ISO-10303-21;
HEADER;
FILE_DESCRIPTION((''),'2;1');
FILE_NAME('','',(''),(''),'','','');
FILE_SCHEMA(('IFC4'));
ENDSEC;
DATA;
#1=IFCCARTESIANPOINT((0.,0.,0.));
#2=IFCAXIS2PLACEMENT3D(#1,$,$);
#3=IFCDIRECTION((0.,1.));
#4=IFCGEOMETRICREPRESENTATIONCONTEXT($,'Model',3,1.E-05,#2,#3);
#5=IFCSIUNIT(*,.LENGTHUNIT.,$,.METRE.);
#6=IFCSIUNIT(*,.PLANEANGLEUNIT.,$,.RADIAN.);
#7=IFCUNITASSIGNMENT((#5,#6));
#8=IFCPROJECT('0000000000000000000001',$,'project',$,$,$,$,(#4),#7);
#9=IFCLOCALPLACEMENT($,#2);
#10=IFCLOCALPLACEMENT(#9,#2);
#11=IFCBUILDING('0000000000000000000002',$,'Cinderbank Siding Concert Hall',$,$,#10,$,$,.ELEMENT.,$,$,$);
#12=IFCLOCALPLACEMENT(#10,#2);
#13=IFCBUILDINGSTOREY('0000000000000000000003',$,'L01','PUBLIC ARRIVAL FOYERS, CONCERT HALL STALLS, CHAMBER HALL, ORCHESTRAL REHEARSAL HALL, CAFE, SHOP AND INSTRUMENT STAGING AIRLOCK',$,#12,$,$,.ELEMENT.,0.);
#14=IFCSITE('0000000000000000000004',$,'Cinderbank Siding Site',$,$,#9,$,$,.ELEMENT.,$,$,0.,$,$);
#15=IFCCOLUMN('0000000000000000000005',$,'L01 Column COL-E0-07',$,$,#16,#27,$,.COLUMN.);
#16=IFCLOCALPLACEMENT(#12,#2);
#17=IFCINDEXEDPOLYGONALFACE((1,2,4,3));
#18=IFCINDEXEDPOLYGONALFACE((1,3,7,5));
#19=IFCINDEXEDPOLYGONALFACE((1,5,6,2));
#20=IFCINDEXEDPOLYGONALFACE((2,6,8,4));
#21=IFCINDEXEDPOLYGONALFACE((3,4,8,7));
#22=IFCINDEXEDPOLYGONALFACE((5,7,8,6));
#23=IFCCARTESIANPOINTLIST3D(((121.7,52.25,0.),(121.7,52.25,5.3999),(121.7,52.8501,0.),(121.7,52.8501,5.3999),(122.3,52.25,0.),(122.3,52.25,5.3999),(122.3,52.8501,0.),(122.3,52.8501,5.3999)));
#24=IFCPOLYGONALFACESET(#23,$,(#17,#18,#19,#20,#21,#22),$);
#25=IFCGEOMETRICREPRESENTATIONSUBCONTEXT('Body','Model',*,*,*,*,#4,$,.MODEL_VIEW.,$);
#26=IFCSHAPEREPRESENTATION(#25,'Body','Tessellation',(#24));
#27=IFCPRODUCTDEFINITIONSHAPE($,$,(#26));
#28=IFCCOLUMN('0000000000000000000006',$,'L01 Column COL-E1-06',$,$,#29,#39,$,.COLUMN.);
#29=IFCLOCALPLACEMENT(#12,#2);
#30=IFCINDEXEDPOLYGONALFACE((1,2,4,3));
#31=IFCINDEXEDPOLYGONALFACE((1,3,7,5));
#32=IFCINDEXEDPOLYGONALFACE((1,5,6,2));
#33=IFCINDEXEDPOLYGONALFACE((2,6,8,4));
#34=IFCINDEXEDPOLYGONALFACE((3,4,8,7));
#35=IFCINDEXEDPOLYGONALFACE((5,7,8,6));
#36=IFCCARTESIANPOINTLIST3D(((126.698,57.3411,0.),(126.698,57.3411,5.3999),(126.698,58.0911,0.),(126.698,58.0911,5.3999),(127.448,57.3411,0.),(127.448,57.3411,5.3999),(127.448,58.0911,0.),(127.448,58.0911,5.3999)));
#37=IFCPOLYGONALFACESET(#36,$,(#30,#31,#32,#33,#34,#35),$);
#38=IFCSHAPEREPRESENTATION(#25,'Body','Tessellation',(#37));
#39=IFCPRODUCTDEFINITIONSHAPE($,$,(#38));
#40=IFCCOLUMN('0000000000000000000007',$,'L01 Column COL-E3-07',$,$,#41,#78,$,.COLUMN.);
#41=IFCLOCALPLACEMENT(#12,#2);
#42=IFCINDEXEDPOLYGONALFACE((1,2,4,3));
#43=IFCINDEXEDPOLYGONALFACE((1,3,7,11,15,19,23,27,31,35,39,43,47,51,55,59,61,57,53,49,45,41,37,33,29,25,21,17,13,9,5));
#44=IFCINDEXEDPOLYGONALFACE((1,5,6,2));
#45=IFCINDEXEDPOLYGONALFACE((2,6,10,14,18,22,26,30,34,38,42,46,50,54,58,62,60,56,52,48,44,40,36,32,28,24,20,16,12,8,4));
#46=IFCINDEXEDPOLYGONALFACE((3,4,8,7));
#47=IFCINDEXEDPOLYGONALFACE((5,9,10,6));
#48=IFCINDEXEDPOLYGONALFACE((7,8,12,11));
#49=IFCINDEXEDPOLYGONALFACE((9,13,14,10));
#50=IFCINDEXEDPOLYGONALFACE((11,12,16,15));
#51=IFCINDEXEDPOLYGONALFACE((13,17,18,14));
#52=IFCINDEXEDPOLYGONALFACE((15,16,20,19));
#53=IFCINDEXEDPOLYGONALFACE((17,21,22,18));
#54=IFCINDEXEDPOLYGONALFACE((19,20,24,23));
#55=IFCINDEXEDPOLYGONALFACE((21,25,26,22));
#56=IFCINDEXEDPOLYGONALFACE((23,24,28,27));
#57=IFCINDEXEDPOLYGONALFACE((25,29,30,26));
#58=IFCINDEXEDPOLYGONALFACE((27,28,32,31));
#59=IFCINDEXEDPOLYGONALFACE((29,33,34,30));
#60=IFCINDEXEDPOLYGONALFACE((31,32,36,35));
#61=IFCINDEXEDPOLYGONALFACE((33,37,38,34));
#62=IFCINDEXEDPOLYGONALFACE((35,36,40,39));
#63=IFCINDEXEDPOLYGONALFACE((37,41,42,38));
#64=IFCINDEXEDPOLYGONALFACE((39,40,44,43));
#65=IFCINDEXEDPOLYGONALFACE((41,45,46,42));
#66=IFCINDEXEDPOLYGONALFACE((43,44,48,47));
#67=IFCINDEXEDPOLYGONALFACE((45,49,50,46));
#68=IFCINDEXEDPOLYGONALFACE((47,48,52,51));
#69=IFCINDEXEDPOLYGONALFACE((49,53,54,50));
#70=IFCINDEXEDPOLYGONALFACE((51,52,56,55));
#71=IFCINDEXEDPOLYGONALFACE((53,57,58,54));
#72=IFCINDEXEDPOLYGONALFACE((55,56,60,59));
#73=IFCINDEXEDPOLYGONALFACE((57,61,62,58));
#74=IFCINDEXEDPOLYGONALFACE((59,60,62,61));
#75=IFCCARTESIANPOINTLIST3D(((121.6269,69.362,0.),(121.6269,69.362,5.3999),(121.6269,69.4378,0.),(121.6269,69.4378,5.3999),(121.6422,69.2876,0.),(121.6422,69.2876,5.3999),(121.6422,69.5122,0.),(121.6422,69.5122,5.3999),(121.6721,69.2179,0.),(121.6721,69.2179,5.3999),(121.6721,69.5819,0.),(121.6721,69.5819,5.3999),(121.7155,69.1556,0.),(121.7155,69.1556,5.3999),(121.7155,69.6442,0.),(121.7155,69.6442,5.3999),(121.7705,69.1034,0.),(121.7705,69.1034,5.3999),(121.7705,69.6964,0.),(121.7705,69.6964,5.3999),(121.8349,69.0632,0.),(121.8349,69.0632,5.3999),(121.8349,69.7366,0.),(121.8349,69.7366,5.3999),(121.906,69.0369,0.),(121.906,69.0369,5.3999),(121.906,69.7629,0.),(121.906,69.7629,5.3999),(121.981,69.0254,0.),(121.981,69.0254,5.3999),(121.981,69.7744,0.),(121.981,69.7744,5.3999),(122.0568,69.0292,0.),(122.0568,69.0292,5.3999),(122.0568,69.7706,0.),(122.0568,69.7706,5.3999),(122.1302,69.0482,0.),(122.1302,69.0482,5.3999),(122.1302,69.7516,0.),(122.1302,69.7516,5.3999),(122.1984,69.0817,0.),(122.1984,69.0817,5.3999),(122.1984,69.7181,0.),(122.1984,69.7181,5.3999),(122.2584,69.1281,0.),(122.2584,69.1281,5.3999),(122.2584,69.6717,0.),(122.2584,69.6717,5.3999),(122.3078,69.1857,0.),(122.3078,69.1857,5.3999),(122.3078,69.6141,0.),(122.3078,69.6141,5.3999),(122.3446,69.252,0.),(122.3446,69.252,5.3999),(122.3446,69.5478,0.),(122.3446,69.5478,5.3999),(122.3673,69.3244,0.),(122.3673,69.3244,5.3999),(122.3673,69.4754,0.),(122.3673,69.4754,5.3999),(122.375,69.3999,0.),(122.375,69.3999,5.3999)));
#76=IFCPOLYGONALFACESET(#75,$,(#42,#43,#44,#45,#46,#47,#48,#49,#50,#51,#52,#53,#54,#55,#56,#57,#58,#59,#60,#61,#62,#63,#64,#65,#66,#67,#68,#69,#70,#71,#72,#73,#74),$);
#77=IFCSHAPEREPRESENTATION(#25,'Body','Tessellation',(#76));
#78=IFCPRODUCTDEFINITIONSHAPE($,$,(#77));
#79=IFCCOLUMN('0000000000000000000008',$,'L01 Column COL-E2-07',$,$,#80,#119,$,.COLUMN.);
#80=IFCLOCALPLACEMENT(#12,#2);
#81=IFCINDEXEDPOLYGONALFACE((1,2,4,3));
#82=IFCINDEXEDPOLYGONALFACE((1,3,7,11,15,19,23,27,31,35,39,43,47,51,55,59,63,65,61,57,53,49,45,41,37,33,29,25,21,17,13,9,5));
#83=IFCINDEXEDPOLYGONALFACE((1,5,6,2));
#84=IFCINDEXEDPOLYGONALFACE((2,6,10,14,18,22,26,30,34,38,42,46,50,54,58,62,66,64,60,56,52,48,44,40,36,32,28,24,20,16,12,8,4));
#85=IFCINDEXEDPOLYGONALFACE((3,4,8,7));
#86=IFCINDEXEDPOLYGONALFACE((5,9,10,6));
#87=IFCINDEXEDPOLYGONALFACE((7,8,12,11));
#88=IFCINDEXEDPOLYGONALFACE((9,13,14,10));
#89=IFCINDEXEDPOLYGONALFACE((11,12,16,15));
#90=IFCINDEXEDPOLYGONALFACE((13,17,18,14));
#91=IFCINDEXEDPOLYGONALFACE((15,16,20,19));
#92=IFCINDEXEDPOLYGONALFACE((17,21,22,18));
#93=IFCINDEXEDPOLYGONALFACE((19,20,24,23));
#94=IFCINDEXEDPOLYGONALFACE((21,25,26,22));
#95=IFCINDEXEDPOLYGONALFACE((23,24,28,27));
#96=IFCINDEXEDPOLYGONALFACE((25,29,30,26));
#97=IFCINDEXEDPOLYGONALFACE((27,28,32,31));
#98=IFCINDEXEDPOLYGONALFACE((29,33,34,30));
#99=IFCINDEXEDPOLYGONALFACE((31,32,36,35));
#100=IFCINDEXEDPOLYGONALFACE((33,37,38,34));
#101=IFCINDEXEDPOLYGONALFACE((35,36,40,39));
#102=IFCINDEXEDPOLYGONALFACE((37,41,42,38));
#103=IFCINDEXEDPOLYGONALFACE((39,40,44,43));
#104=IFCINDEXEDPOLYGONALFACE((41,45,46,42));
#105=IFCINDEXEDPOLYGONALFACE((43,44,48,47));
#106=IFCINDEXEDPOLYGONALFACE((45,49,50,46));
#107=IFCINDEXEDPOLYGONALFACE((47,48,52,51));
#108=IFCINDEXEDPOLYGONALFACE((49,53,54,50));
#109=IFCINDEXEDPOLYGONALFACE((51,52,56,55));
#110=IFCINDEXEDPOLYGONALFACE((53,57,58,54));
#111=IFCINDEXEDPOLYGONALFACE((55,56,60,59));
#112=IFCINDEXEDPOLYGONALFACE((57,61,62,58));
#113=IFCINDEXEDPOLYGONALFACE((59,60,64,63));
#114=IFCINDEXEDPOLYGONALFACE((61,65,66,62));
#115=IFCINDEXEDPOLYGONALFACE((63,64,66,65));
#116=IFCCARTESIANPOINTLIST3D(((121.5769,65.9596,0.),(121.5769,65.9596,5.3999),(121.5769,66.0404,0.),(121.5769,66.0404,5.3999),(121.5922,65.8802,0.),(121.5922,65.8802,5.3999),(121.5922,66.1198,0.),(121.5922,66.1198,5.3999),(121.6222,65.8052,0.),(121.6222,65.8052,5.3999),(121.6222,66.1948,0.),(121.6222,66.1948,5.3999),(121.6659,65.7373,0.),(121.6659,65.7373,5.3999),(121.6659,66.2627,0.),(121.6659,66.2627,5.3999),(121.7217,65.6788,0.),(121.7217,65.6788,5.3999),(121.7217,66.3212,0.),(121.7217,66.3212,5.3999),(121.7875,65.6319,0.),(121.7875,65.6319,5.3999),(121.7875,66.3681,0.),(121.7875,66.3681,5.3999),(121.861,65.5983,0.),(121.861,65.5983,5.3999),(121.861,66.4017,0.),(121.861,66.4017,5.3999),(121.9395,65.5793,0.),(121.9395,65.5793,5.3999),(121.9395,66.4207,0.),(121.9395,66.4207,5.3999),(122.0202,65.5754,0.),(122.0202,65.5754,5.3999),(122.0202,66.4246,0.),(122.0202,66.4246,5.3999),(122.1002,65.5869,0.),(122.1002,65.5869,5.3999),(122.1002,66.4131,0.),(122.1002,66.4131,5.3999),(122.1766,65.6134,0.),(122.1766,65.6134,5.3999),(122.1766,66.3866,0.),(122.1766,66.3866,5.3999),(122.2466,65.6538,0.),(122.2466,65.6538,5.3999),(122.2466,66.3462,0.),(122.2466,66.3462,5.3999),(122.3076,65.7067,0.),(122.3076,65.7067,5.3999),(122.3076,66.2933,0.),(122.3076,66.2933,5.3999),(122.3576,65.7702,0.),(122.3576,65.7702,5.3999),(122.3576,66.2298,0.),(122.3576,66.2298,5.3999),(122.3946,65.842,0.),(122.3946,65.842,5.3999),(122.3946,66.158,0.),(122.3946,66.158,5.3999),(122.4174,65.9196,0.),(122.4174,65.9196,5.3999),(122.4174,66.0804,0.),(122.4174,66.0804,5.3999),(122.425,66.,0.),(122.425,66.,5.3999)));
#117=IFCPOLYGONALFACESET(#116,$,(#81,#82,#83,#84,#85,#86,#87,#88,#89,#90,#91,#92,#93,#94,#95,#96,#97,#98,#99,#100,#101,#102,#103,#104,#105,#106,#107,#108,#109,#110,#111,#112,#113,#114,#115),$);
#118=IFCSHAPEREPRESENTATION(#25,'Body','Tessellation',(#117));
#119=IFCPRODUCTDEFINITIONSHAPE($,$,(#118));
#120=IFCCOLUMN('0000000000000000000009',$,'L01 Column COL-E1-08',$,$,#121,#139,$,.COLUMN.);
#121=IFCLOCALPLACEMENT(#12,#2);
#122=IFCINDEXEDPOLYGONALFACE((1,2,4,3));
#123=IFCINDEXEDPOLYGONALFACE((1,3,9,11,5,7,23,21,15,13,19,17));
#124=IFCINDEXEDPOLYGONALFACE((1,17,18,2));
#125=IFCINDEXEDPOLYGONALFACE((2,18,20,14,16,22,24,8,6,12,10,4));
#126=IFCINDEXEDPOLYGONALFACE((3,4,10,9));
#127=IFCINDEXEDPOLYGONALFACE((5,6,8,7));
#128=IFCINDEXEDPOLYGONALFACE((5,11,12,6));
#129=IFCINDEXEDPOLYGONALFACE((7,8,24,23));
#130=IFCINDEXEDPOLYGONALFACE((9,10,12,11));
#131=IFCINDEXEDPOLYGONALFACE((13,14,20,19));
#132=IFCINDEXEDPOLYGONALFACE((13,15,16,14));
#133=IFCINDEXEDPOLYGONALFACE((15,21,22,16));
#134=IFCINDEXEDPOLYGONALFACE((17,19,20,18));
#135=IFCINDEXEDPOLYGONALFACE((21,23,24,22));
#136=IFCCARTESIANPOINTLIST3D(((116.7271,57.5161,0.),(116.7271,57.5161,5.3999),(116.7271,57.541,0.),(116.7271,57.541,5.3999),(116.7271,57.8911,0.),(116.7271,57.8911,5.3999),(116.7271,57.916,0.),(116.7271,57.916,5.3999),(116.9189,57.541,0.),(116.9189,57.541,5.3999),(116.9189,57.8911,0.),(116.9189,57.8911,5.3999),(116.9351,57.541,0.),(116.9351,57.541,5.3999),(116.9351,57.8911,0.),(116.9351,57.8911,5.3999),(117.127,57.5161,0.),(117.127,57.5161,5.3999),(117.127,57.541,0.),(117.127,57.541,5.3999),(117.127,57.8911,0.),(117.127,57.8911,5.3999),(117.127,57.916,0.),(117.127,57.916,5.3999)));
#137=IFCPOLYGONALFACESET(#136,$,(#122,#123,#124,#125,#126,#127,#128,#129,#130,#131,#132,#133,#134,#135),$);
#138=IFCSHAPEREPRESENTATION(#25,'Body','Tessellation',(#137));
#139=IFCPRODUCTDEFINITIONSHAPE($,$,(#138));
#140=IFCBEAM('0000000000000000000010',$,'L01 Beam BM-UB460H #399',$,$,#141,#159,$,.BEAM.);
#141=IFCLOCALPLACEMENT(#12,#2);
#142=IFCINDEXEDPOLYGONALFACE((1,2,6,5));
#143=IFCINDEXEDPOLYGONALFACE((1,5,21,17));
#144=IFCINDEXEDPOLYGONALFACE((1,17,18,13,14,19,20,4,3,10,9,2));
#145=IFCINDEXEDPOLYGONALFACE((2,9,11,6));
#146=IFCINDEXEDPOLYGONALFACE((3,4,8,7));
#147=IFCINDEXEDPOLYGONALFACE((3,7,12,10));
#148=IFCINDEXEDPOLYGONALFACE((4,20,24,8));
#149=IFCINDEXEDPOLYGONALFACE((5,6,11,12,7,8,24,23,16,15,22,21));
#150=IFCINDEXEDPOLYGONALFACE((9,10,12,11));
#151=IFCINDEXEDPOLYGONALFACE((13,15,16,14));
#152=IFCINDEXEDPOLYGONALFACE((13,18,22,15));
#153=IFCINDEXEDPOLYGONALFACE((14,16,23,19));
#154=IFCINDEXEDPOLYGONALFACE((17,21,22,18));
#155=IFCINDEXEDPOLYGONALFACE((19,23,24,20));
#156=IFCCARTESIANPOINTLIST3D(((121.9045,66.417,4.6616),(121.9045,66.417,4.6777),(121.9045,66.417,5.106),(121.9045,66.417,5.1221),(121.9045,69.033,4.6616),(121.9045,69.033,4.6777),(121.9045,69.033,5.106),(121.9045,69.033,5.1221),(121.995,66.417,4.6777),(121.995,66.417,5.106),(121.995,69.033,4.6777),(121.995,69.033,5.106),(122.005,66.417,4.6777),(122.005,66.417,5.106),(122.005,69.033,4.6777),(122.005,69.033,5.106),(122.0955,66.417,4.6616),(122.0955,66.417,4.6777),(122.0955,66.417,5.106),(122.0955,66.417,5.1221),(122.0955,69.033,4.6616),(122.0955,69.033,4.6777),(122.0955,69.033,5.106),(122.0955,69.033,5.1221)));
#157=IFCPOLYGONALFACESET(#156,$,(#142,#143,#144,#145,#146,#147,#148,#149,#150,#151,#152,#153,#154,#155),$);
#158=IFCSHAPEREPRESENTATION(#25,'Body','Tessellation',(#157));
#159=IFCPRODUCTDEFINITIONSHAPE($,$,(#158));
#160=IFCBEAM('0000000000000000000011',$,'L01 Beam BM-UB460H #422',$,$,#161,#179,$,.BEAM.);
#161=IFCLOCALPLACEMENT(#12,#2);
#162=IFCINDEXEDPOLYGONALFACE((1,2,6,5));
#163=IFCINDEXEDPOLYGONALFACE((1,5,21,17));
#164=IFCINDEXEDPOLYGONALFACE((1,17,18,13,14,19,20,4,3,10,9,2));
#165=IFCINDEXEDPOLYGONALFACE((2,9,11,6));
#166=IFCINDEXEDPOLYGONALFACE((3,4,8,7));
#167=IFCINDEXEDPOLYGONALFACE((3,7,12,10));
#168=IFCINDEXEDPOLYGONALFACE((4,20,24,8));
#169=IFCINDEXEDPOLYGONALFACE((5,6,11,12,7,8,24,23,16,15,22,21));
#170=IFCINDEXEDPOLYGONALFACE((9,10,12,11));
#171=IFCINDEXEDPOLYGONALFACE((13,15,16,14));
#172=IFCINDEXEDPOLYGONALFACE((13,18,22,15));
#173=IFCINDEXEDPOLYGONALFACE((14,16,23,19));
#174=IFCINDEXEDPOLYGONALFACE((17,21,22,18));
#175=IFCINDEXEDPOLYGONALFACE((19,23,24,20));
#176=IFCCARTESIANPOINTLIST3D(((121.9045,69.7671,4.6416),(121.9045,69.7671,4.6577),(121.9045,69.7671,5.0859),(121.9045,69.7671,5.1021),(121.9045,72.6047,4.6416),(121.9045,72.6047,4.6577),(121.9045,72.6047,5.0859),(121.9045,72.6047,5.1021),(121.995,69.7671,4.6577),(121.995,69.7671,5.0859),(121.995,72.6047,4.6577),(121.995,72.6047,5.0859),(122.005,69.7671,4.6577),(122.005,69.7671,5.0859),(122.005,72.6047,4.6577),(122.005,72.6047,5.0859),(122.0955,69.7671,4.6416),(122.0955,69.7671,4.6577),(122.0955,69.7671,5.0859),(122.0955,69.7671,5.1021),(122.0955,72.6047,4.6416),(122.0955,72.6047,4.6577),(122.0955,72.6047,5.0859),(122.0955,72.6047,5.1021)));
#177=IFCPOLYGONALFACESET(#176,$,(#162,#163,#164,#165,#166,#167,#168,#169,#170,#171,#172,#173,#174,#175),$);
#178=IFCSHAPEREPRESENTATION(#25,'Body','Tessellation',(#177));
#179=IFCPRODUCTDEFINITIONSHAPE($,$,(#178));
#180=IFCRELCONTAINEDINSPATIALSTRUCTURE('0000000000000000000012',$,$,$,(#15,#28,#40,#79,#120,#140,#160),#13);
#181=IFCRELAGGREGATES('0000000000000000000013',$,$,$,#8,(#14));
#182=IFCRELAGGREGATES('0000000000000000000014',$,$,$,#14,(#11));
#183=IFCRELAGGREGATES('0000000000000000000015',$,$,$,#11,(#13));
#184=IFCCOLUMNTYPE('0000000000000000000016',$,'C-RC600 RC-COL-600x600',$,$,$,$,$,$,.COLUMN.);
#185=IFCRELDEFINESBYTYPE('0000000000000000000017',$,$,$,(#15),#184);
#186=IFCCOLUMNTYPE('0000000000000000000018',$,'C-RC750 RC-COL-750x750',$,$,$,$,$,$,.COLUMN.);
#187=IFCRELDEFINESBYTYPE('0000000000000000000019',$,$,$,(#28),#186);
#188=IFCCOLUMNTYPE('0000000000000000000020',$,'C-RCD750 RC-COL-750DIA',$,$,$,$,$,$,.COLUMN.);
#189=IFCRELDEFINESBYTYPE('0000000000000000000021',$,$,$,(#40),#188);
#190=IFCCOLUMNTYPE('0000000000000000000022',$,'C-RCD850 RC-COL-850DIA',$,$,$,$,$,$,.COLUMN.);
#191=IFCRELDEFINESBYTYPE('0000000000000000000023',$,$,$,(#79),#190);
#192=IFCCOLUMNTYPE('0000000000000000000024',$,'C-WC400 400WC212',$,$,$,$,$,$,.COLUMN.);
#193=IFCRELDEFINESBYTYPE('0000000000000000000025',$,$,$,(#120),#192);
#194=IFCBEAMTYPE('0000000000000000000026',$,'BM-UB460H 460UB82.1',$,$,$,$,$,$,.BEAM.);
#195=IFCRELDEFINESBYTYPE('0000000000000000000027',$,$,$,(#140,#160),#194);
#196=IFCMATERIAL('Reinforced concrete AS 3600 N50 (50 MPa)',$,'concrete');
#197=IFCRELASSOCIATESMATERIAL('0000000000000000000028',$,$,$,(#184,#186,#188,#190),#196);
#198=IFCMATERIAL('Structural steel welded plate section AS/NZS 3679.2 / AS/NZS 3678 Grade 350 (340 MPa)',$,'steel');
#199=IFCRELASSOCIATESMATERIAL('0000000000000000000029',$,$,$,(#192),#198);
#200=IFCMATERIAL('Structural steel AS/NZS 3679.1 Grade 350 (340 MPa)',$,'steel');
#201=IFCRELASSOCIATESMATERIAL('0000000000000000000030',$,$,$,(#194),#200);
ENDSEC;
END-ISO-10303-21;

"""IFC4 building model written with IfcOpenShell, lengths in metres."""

from ifc_helpers import new_model, si_unit, direction, frame, origin, origin_2d, place, context, subcontext, project, spatial, rectangle, circle, i_section, extrude, material, material_profile, profile_set, type_object, element, save


model = new_model("IFC4")

# Units and contexts
model_context = context("Model", 3, precision=1e-05, world=origin(), true_north=direction((0.0, 1.0)))
body_context = subcontext(model_context, "Body", "Model", "MODEL_VIEW")
ifc_project = project(units=[si_unit("LENGTHUNIT", "METRE"), si_unit("PLANEANGLEUNIT", "RADIAN")], contexts=[model_context])

# Site, building, storey
site_placement = place(None, origin())
site = spatial("IfcSite", under=ifc_project, at=site_placement, Name="Cinderbank Siding Site", CompositionType="ELEMENT", RefElevation=0.0)
building_placement = place(site_placement, origin())
building = spatial("IfcBuilding", under=site, at=building_placement, Name="Cinderbank Siding Concert Hall", CompositionType="ELEMENT")
storey_placement = place(building_placement, origin())
storey = spatial("IfcBuildingStorey", under=building, at=storey_placement, Name="L01", Description="PUBLIC ARRIVAL FOYERS, CONCERT HALL STALLS, CHAMBER HALL, ORCHESTRAL REHEARSAL HALL, CAFE, SHOP AND INSTRUMENT STAGING AIRLOCK", CompositionType="ELEMENT", Elevation=0.0)

# Columns
ifc_material_1 = material(Name="Reinforced concrete AS 3600 N50 (50 MPa)", Category="concrete")
ifc_material_profile_1 = material_profile(ifc_material_1, rectangle(XDim=0.6001, YDim=0.6001, at=origin_2d()), Name="RC-COL-600x600", Category="LoadBearing")
ifc_profile_set_1 = profile_set([ifc_material_profile_1], Name="Reinforced concrete AS 3600 N50 (50 MPa)")
column_type_1 = type_object("IfcColumnType", Name="C-RC600 RC-COL-600x600", PredefinedType="COLUMN", material=ifc_profile_set_1)
column_1_placement = place(storey_placement, frame((122.0, 52.55, 0.0), z_axis=(0.0, 0.0, 1.0), x_axis=(1.0, 0.0, 0.0)))
element("IfcColumn", 1, at=column_1_placement, inside=storey, type_object=column_type_1, Name="L01 Column COL-E0-07", PredefinedType="COLUMN", context=body_context, shape_type="SweptSolid", body=[
    extrude(rectangle(XDim=0.6001, YDim=0.6001, at=origin_2d()), origin(), (0.0, 0.0, 1.0), 5.3999),
])
ifc_material_profile_2 = material_profile(ifc_material_1, rectangle(XDim=0.75, YDim=0.75, at=origin_2d()), Name="RC-COL-750x750", Category="LoadBearing")
ifc_profile_set_2 = profile_set([ifc_material_profile_2], Name="Reinforced concrete AS 3600 N50 (50 MPa)")
column_type_2 = type_object("IfcColumnType", Name="C-RC750 RC-COL-750x750", PredefinedType="COLUMN", material=ifc_profile_set_2)
column_2_placement = place(storey_placement, frame((127.073, 57.7161, 0.0), z_axis=(0.0, 0.0, 1.0), x_axis=(1.0, 0.0, 0.0)))
element("IfcColumn", 2, at=column_2_placement, inside=storey, type_object=column_type_2, Name="L01 Column COL-E1-06", PredefinedType="COLUMN", context=body_context, shape_type="SweptSolid", body=[
    extrude(rectangle(XDim=0.75, YDim=0.75, at=origin_2d()), origin(), (0.0, 0.0, 1.0), 5.3999),
])
ifc_material_profile_3 = material_profile(ifc_material_1, circle(Radius=0.375, at=origin_2d()), Name="RC-COL-750DIA", Category="LoadBearing")
ifc_profile_set_3 = profile_set([ifc_material_profile_3], Name="Reinforced concrete AS 3600 N50 (50 MPa)")
column_type_3 = type_object("IfcColumnType", Name="C-RCD750 RC-COL-750DIA", PredefinedType="COLUMN", material=ifc_profile_set_3)
column_3_placement = place(storey_placement, frame((122.0, 69.3999, 0.0), z_axis=(0.0, 0.0, 1.0), x_axis=(1.0, 0.0, 0.0)))
element("IfcColumn", 3, at=column_3_placement, inside=storey, type_object=column_type_3, Name="L01 Column COL-E3-07", PredefinedType="COLUMN", context=body_context, shape_type="SweptSolid", body=[
    extrude(circle(Radius=0.375, at=origin_2d()), origin(), (0.0, 0.0, 1.0), 5.3999),
])
ifc_material_profile_4 = material_profile(ifc_material_1, circle(Radius=0.425, at=origin_2d()), Name="RC-COL-850DIA", Category="LoadBearing")
ifc_profile_set_4 = profile_set([ifc_material_profile_4], Name="Reinforced concrete AS 3600 N50 (50 MPa)")
column_type_4 = type_object("IfcColumnType", Name="C-RCD850 RC-COL-850DIA", PredefinedType="COLUMN", material=ifc_profile_set_4)
column_4_placement = place(storey_placement, frame((122.0, 66.0, 0.0), z_axis=(0.0, 0.0, 1.0), x_axis=(1.0, 0.0, 0.0)))
element("IfcColumn", 4, at=column_4_placement, inside=storey, type_object=column_type_4, Name="L01 Column COL-E2-07", PredefinedType="COLUMN", context=body_context, shape_type="SweptSolid", body=[
    extrude(circle(Radius=0.425, at=origin_2d()), origin(), (0.0, 0.0, 1.0), 5.3999),
])
ifc_material_2 = material(Name="Structural steel welded plate section AS/NZS 3679.2 / AS/NZS 3678 Grade 350 (340 MPa)", Category="steel")
ifc_material_profile_5 = material_profile(ifc_material_2, i_section(OverallWidth=0.3999, OverallDepth=0.3999, WebThickness=0.0161, FlangeThickness=0.0249, at=origin_2d()), Name="400WC212", Category="LoadBearing")
ifc_profile_set_5 = profile_set([ifc_material_profile_5], Name="Structural steel welded plate section AS/NZS 3679.2 / AS/NZS 3678 Grade 350 (340 MPa)")
column_type_5 = type_object("IfcColumnType", Name="C-WC400 400WC212", PredefinedType="COLUMN", material=ifc_profile_set_5)
column_5_placement = place(storey_placement, frame((116.927, 57.7161, 0.0), z_axis=(0.0, 0.0, 1.0), x_axis=(1.0, 0.0, 0.0)))
element("IfcColumn", 5, at=column_5_placement, inside=storey, type_object=column_type_5, Name="L01 Column COL-E1-08", PredefinedType="COLUMN", context=body_context, shape_type="SweptSolid", body=[
    extrude(i_section(OverallWidth=0.3999, OverallDepth=0.3999, WebThickness=0.0161, FlangeThickness=0.0249, at=origin_2d()), origin(), (0.0, 0.0, 1.0), 5.3999),
])

# Beams
ifc_material_3 = material(Name="Structural steel AS/NZS 3679.1 Grade 350 (340 MPa)", Category="steel")
ifc_material_profile_6 = material_profile(ifc_material_3, i_section(OverallWidth=0.1909, OverallDepth=0.4604, WebThickness=0.01, FlangeThickness=0.0161, at=origin_2d()), Name="460UB82.1", Category="LoadBearing")
ifc_profile_set_6 = profile_set([ifc_material_profile_6], Name="Structural steel AS/NZS 3679.1 Grade 350 (340 MPa)")
beam_type_1 = type_object("IfcBeamType", Name="BM-UB460H 460UB82.1", PredefinedType="BEAM", material=ifc_profile_set_6)
beam_1_placement = place(storey_placement, frame((122.0, 66.417, 4.8918), z_axis=(0.0, 1.0, 0.0), x_axis=(-1.0, 0.0, 0.0)))
element("IfcBeam", 6, at=beam_1_placement, inside=storey, type_object=beam_type_1, Name="L01 Beam BM-UB460H #399", PredefinedType="BEAM", context=body_context, shape_type="SweptSolid", body=[
    extrude(i_section(OverallWidth=0.1909, OverallDepth=0.4604, WebThickness=0.01, FlangeThickness=0.0161, at=origin_2d()), origin(), (0.0, 0.0, 1.0), 2.616),
])
beam_2_placement = place(storey_placement, frame((122.0, 69.7671, 4.8718), z_axis=(0.0, 1.0, 0.0), x_axis=(-1.0, 0.0, 0.0)))
element("IfcBeam", 7, at=beam_2_placement, inside=storey, type_object=beam_type_1, Name="L01 Beam BM-UB460H #422", PredefinedType="BEAM", context=body_context, shape_type="SweptSolid", body=[
    extrude(i_section(OverallWidth=0.1909, OverallDepth=0.4604, WebThickness=0.01, FlangeThickness=0.0161, at=origin_2d()), origin(), (0.0, 0.0, 1.0), 2.8376),
])

save(model, "model.ifc")
